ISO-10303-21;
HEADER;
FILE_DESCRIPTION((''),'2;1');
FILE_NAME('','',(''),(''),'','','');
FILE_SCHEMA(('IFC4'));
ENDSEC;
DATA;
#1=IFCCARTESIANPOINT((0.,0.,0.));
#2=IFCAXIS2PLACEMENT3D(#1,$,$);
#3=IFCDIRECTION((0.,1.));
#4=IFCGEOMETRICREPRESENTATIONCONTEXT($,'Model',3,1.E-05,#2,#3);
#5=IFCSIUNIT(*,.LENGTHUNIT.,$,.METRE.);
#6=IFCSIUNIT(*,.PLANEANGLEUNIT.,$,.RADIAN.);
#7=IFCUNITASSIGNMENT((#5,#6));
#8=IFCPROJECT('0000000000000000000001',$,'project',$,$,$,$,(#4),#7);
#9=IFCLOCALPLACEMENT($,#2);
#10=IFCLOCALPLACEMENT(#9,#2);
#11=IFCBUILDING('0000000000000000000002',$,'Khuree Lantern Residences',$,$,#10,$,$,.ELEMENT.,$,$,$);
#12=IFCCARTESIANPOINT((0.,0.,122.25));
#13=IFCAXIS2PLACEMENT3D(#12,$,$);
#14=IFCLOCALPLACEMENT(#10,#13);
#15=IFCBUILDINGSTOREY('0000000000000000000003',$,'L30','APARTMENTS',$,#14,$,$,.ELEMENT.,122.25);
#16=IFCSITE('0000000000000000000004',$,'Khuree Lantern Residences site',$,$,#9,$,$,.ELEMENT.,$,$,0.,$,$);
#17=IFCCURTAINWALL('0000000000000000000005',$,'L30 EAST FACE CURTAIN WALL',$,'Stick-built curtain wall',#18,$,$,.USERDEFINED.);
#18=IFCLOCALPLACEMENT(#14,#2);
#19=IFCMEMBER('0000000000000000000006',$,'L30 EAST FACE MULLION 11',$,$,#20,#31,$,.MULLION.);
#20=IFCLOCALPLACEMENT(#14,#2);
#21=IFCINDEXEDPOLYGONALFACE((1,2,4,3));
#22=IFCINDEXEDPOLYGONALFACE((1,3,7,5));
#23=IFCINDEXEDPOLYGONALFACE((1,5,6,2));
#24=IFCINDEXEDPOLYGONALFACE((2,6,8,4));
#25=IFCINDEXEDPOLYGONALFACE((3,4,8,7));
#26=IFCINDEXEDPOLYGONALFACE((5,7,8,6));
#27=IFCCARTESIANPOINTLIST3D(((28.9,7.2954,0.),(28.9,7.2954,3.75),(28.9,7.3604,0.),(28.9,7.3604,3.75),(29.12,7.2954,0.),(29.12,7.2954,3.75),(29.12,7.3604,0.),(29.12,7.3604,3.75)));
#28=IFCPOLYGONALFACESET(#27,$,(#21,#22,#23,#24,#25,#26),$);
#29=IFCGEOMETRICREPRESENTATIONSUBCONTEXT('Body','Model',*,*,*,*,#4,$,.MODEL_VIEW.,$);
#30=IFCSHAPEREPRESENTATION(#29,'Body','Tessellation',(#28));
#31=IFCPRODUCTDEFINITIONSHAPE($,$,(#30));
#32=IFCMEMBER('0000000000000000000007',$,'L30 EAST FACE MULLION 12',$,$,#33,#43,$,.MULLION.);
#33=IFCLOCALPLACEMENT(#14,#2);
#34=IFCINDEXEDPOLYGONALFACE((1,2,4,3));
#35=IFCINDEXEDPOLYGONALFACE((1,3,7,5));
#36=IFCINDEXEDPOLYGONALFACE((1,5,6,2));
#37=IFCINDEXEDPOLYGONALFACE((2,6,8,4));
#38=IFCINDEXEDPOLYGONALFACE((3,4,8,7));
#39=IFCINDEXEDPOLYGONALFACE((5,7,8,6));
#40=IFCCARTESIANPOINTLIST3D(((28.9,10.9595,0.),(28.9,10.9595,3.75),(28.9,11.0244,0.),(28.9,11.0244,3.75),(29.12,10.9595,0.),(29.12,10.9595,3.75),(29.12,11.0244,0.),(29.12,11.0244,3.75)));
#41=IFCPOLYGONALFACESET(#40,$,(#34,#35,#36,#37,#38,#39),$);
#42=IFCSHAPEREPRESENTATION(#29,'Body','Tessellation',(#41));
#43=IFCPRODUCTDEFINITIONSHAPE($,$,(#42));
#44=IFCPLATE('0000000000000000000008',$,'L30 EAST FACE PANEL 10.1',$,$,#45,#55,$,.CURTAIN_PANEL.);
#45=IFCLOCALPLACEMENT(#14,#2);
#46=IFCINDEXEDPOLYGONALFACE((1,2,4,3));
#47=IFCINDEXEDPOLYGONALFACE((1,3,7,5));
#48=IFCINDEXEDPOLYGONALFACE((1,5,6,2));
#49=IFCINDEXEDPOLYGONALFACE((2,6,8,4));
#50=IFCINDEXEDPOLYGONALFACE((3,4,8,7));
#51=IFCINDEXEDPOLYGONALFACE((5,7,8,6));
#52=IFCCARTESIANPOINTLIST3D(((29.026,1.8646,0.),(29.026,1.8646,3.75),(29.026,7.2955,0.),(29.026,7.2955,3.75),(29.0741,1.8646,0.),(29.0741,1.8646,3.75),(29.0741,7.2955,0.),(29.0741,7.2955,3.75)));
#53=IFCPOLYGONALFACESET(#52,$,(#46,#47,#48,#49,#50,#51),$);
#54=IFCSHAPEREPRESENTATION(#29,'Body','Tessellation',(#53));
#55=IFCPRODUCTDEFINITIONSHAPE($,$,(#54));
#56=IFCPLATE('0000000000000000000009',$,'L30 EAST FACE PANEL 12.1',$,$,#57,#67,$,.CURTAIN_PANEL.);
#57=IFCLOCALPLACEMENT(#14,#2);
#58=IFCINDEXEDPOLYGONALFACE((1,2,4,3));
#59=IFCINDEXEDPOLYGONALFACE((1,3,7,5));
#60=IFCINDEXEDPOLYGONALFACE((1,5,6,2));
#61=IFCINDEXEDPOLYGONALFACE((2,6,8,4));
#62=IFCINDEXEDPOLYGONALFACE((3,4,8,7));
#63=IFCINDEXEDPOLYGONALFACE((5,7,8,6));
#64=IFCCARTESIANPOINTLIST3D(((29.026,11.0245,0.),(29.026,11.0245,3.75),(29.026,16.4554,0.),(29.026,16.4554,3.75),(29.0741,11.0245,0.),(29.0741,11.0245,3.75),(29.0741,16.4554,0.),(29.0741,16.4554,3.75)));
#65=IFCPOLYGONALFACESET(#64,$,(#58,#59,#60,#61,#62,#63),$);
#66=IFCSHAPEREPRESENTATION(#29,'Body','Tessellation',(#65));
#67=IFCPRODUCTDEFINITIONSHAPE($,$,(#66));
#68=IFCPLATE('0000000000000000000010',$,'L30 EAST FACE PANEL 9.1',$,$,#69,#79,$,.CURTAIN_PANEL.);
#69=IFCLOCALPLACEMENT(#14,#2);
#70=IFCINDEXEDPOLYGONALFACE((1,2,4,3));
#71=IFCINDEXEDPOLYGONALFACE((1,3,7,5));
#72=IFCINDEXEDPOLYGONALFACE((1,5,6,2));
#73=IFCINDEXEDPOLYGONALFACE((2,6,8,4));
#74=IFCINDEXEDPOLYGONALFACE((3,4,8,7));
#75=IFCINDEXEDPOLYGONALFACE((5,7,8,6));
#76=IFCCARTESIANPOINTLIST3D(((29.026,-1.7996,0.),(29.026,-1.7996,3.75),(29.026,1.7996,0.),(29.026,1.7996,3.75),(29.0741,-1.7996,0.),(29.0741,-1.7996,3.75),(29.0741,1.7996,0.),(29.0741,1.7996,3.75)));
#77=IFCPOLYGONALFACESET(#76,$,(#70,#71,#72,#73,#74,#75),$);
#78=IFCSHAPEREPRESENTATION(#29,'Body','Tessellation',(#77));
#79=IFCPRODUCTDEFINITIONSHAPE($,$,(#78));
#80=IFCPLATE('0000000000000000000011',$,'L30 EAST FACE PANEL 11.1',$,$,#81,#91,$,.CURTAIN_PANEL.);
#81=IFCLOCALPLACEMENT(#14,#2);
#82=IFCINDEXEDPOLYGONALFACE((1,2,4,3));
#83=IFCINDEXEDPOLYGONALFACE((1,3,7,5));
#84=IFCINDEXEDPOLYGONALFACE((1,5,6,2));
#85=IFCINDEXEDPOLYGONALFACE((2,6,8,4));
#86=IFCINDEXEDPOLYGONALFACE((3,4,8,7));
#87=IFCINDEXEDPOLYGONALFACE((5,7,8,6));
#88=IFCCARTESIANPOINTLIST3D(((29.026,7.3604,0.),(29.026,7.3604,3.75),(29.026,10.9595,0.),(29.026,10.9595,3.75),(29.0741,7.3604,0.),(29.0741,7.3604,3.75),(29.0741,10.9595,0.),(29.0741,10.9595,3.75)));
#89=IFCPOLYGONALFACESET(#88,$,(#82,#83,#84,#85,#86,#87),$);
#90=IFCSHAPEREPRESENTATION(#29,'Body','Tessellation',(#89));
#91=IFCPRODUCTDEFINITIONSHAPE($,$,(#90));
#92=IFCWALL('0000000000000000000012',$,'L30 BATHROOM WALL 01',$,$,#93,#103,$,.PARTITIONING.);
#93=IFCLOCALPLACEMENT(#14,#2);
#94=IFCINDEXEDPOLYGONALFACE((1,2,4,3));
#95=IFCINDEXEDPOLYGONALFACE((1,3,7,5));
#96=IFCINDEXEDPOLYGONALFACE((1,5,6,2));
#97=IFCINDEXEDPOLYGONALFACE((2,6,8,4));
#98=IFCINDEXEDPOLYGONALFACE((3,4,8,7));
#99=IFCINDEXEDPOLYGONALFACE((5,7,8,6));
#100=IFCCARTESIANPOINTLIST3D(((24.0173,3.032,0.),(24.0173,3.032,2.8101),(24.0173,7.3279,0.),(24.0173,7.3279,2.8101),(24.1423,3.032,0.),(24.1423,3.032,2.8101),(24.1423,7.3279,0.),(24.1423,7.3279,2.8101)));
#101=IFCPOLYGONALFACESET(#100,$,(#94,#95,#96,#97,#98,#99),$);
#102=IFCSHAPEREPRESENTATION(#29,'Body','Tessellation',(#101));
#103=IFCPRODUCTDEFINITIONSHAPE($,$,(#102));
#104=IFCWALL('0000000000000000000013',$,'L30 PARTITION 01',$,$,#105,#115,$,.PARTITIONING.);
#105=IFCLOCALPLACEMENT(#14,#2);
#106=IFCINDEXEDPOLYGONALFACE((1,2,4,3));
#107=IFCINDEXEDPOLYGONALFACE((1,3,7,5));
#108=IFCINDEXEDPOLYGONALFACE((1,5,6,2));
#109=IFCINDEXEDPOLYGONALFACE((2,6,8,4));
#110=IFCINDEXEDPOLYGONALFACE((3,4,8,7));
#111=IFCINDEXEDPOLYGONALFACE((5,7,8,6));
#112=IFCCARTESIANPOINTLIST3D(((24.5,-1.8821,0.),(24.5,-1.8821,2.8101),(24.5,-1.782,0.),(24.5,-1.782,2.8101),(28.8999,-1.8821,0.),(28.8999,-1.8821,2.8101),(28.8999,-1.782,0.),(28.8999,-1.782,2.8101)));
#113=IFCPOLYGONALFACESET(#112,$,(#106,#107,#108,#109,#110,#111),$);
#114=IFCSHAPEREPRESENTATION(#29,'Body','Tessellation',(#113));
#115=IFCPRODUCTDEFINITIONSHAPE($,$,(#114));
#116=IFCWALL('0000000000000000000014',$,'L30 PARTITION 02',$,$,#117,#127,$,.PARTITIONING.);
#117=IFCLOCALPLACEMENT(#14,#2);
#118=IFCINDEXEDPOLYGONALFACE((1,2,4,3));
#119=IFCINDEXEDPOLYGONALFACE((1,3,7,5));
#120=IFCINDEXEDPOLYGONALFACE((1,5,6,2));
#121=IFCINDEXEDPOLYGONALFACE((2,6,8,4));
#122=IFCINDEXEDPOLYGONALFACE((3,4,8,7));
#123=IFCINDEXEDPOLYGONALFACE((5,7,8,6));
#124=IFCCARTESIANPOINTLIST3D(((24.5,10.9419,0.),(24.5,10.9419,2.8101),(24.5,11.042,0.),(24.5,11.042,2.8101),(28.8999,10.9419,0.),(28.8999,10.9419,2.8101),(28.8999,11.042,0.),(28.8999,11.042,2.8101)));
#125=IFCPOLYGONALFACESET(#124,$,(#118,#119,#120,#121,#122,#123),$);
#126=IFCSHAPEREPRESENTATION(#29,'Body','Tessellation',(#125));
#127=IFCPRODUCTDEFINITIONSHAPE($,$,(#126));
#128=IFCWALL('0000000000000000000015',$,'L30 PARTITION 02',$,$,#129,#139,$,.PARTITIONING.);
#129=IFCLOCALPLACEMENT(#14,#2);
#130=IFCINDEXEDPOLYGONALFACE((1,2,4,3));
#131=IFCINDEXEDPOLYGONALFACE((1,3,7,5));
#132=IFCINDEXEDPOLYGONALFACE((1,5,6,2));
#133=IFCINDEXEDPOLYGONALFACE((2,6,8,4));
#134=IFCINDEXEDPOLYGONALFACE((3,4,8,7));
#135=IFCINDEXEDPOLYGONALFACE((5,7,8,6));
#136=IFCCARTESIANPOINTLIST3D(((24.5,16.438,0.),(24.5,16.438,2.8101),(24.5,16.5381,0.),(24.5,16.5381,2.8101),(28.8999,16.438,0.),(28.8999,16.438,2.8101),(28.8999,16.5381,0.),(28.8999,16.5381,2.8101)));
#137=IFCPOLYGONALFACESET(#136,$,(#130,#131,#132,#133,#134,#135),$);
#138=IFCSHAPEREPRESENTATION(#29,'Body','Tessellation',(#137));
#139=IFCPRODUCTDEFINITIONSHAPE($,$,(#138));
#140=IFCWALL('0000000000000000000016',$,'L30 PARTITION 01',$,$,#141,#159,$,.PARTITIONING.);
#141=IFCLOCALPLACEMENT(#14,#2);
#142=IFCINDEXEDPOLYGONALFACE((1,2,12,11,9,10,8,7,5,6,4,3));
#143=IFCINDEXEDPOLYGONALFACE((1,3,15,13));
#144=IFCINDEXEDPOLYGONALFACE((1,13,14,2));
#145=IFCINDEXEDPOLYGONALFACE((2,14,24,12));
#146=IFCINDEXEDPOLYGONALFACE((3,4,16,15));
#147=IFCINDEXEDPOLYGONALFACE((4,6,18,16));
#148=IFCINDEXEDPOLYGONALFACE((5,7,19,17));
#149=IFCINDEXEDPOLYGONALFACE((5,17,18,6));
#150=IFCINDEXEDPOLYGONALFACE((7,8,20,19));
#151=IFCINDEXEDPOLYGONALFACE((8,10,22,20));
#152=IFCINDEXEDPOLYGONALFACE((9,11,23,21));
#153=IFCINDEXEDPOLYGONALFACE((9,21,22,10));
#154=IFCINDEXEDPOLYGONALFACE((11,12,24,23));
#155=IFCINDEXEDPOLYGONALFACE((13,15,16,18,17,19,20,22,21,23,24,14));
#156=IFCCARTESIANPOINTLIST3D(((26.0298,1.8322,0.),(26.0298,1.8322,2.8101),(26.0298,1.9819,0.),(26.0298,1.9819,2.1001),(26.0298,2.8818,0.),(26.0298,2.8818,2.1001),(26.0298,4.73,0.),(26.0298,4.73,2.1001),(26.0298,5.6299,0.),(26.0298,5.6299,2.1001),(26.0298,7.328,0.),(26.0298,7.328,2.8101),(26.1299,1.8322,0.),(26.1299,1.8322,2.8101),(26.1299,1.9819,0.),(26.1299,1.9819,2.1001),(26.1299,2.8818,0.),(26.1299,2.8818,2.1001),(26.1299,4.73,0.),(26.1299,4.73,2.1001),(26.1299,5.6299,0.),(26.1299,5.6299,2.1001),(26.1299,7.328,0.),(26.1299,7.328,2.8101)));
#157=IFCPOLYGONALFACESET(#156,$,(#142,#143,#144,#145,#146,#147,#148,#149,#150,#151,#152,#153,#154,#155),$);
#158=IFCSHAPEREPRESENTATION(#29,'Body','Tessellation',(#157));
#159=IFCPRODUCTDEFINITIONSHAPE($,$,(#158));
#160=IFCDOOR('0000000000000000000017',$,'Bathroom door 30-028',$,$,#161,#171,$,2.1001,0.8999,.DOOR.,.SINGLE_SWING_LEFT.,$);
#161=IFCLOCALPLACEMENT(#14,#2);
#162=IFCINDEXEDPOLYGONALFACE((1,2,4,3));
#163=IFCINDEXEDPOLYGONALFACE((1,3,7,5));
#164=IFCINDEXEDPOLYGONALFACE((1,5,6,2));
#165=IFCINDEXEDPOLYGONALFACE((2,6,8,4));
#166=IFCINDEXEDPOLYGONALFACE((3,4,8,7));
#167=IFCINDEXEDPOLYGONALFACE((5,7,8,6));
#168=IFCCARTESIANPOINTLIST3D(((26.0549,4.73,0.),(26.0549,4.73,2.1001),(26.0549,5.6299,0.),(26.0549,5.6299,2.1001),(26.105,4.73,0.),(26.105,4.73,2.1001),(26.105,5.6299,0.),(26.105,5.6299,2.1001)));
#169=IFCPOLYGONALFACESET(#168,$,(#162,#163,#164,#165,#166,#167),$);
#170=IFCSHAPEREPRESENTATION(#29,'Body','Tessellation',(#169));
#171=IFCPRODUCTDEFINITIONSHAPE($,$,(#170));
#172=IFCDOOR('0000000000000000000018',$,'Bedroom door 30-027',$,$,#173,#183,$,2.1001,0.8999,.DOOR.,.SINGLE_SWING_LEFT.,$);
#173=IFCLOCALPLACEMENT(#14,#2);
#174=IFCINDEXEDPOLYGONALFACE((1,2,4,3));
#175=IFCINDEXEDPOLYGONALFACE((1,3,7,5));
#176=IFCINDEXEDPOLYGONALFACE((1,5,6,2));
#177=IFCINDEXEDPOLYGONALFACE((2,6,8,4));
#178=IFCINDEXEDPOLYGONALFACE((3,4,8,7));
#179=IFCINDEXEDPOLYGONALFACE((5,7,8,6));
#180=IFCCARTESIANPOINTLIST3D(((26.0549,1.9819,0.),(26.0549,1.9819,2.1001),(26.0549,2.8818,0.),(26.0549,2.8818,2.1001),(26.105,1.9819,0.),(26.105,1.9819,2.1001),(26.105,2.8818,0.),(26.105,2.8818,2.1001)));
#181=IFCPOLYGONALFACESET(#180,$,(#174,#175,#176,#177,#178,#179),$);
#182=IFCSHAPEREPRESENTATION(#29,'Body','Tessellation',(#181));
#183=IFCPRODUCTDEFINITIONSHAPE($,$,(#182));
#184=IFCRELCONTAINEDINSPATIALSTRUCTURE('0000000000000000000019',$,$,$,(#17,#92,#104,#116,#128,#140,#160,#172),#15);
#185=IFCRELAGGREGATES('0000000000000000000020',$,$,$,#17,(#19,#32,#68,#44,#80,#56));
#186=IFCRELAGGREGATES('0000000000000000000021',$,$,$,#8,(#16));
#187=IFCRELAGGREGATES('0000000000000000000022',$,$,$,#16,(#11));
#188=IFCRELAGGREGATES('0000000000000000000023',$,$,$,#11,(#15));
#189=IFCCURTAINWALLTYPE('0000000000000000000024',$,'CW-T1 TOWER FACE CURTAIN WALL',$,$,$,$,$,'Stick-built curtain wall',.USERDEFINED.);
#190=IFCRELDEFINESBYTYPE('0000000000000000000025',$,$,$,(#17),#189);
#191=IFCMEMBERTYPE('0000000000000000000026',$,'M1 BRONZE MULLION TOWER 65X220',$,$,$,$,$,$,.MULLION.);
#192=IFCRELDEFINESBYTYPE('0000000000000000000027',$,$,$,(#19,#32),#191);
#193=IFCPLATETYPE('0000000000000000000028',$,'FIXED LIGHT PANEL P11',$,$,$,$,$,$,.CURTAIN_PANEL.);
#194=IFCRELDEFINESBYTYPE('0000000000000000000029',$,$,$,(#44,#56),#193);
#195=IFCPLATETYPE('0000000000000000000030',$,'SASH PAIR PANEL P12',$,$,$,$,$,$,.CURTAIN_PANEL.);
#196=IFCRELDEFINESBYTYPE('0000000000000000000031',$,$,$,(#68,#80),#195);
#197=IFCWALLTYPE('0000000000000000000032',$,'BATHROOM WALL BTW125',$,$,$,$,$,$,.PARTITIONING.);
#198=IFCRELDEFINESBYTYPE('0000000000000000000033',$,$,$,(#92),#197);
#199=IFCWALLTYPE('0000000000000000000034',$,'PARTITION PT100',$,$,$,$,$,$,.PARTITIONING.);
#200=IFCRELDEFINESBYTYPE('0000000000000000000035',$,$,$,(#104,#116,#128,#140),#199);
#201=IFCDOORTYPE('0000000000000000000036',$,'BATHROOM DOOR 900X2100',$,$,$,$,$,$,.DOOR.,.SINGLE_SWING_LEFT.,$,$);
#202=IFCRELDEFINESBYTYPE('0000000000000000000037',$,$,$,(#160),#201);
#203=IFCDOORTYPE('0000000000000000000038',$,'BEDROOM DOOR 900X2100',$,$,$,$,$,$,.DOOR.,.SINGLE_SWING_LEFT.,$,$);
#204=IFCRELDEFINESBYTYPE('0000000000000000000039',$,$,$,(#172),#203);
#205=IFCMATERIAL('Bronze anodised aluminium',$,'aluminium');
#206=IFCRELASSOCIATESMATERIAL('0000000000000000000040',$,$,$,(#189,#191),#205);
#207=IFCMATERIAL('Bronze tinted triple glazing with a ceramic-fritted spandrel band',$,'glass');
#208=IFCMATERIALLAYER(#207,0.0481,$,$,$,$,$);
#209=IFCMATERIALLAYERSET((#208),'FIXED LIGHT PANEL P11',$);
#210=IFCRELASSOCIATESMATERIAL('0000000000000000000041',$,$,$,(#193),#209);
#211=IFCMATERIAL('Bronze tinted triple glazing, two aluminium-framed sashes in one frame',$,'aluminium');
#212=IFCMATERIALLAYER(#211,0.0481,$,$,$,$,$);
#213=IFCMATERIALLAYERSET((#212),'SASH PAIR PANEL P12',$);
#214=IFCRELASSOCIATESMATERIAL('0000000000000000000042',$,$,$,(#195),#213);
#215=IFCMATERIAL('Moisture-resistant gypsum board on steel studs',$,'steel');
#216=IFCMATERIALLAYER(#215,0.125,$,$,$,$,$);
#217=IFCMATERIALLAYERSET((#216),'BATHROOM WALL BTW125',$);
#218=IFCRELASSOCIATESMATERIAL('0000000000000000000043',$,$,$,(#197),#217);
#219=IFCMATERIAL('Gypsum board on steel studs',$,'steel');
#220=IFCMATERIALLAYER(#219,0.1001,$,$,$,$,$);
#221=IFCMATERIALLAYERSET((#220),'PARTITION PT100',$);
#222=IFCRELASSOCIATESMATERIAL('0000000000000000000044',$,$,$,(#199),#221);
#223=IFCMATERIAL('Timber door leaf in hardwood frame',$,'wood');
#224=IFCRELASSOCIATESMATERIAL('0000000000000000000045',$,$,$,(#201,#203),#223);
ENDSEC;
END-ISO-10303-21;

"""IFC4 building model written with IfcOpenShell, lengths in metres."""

from ifc_helpers import new_model, si_unit, direction, frame, frame_2d, origin, origin_2d, place, context, subcontext, project, spatial, rectangle, extrude, material, layer, layer_set, material_profile, profile_set, type_object, element, fill, aggregate, save


model = new_model("IFC4")

# Units and contexts
model_context = context("Model", 3, precision=1e-05, world=origin(), true_north=direction((0.0, 1.0)))
body_context = subcontext(model_context, "Body", "Model", "MODEL_VIEW")
ifc_project = project(units=[si_unit("LENGTHUNIT", "METRE"), si_unit("PLANEANGLEUNIT", "RADIAN")], contexts=[model_context])

# Site, building, storey
site_placement = place(None, origin())
site = spatial("IfcSite", under=ifc_project, at=site_placement, Name="Khuree Lantern Residences site", CompositionType="ELEMENT", RefElevation=0.0)
building_placement = place(site_placement, origin())
building = spatial("IfcBuilding", under=site, at=building_placement, Name="Khuree Lantern Residences", CompositionType="ELEMENT")
storey_placement = place(building_placement, frame((0.0, 0.0, 122.25)))
storey = spatial("IfcBuildingStorey", under=building, at=storey_placement, Name="L30", Description="APARTMENTS", CompositionType="ELEMENT", Elevation=122.25)

# Curtain wall
ifc_material_1 = material(Name="Bronze anodised aluminium", Category="aluminium")
curtain_wall_type = type_object("IfcCurtainWallType", Name="CW-T1 TOWER FACE CURTAIN WALL", ElementType="Stick-built curtain wall", PredefinedType="USERDEFINED", material=ifc_material_1)
curtain_wall_placement = place(storey_placement, origin())
curtain_wall = element("IfcCurtainWall", 1, at=curtain_wall_placement, inside=storey, type_object=curtain_wall_type, Name="L30 EAST FACE CURTAIN WALL", ObjectType="Stick-built curtain wall", PredefinedType="USERDEFINED")

# Members
ifc_material_profile_1 = material_profile(ifc_material_1, rectangle(XDim=0.0649, YDim=0.22, at=origin_2d()), Name="M1 65X220")
ifc_profile_set_1 = profile_set([ifc_material_profile_1], Name="Bronze anodised aluminium")
member_type_1 = type_object("IfcMemberType", Name="M1 BRONZE MULLION TOWER 65X220", PredefinedType="MULLION", material=ifc_profile_set_1)
member_1_placement = place(storey_placement, frame((29.01, 7.3279, 0.0), z_axis=(0.0, 0.0, 1.0), x_axis=(0.0, 1.0, 0.0)))
member_1 = element("IfcMember", 2, at=member_1_placement, type_object=member_type_1, Name="L30 EAST FACE MULLION 11", PredefinedType="MULLION", context=body_context, shape_type="SweptSolid", body=[
    extrude(rectangle(XDim=0.0649, YDim=0.22, at=origin_2d()), origin(), (0.0, 0.0, 1.0), 3.75),
])
member_2_placement = place(storey_placement, frame((29.01, 10.9919, 0.0), z_axis=(0.0, 0.0, 1.0), x_axis=(0.0, 1.0, 0.0)))
member_2 = element("IfcMember", 3, at=member_2_placement, type_object=member_type_1, Name="L30 EAST FACE MULLION 12", PredefinedType="MULLION", context=body_context, shape_type="SweptSolid", body=[
    extrude(rectangle(XDim=0.0649, YDim=0.22, at=origin_2d()), origin(), (0.0, 0.0, 1.0), 3.75),
])

# Plates
ifc_material_2 = material(Name="Bronze tinted triple glazing with a ceramic-fritted spandrel band", Category="glass")
ifc_layer_1 = layer(ifc_material_2, 0.0481)
ifc_layer_set_1 = layer_set([ifc_layer_1], Name="FIXED LIGHT PANEL P11")
plate_type_1 = type_object("IfcPlateType", Name="FIXED LIGHT PANEL P11", PredefinedType="CURTAIN_PANEL", material=ifc_layer_set_1)
plate_1_placement = place(storey_placement, frame((29.05, 4.5801, 0.0), z_axis=(0.0, 0.0, 1.0), x_axis=(0.0, 1.0, 0.0)))
plate_1 = element("IfcPlate", 4, at=plate_1_placement, type_object=plate_type_1, Name="L30 EAST FACE PANEL 10.1", PredefinedType="CURTAIN_PANEL", context=body_context, shape_type="SweptSolid", body=[
    extrude(rectangle(XDim=5.4309, YDim=0.0481, at=origin_2d()), origin(), (0.0, 0.0, 1.0), 3.75),
])
plate_2_placement = place(storey_placement, frame((29.05, 13.74, 0.0), z_axis=(0.0, 0.0, 1.0), x_axis=(0.0, 1.0, 0.0)))
plate_2 = element("IfcPlate", 5, at=plate_2_placement, type_object=plate_type_1, Name="L30 EAST FACE PANEL 12.1", PredefinedType="CURTAIN_PANEL", context=body_context, shape_type="SweptSolid", body=[
    extrude(rectangle(XDim=5.4309, YDim=0.0481, at=origin_2d()), origin(), (0.0, 0.0, 1.0), 3.75),
])
ifc_material_3 = material(Name="Bronze tinted triple glazing, two aluminium-framed sashes in one frame", Category="aluminium")
ifc_layer_2 = layer(ifc_material_3, 0.0481)
ifc_layer_set_2 = layer_set([ifc_layer_2], Name="SASH PAIR PANEL P12")
plate_type_2 = type_object("IfcPlateType", Name="SASH PAIR PANEL P12", PredefinedType="CURTAIN_PANEL", material=ifc_layer_set_2)
plate_3_placement = place(storey_placement, frame((29.05, 0.0, 0.0), z_axis=(0.0, 0.0, 1.0), x_axis=(0.0, 1.0, 0.0)))
plate_3 = element("IfcPlate", 6, at=plate_3_placement, type_object=plate_type_2, Name="L30 EAST FACE PANEL 9.1", PredefinedType="CURTAIN_PANEL", context=body_context, shape_type="SweptSolid", body=[
    extrude(rectangle(XDim=3.5991, YDim=0.0481, at=origin_2d()), origin(), (0.0, 0.0, 1.0), 3.75),
])
plate_4_placement = place(storey_placement, frame((29.05, 9.1599, 0.0), z_axis=(0.0, 0.0, 1.0), x_axis=(0.0, 1.0, 0.0)))
plate_4 = element("IfcPlate", 7, at=plate_4_placement, type_object=plate_type_2, Name="L30 EAST FACE PANEL 11.1", PredefinedType="CURTAIN_PANEL", context=body_context, shape_type="SweptSolid", body=[
    extrude(rectangle(XDim=3.5991, YDim=0.0481, at=origin_2d()), origin(), (0.0, 0.0, 1.0), 3.75),
])
aggregate(curtain_wall, [member_1, member_2, plate_3, plate_1, plate_4, plate_2])

# Walls
ifc_material_4 = material(Name="Moisture-resistant gypsum board on steel studs", Category="steel")
ifc_layer_3 = layer(ifc_material_4, 0.125)
ifc_layer_set_3 = layer_set([ifc_layer_3], Name="BATHROOM WALL BTW125")
wall_type_1 = type_object("IfcWallType", Name="BATHROOM WALL BTW125", PredefinedType="PARTITIONING", material=ifc_layer_set_3)
wall_1_placement = place(storey_placement, frame((24.0798, 3.032, 0.0), z_axis=(0.0, 0.0, 1.0), x_axis=(0.0, 1.0, 0.0)))
element("IfcWall", 8, at=wall_1_placement, inside=storey, type_object=wall_type_1, Name="L30 BATHROOM WALL 01", PredefinedType="PARTITIONING", context=body_context, shape_type="SweptSolid", body=[
    extrude(rectangle(XDim=4.2959, YDim=0.125, at=frame_2d((2.1479, 0.0))), origin(), (0.0, 0.0, 1.0), 2.8101),
])
ifc_material_5 = material(Name="Gypsum board on steel studs", Category="steel")
ifc_layer_4 = layer(ifc_material_5, 0.1001)
ifc_layer_set_4 = layer_set([ifc_layer_4], Name="PARTITION PT100")
wall_type_2 = type_object("IfcWallType", Name="PARTITION PT100", PredefinedType="PARTITIONING", material=ifc_layer_set_4)
for number, where, z_axis, x_axis, name in (
    (9, (24.5, -1.832, 0.0), (0.0, 0.0, 1.0), (1.0, 0.0, 0.0), "L30 PARTITION 01"),
    (10, (24.5, 10.9919, 0.0), (0.0, 0.0, 1.0), (1.0, 0.0, 0.0), "L30 PARTITION 02"),
    (11, (24.5, 16.488, 0.0), (0.0, 0.0, 1.0), (1.0, 0.0, 0.0), "L30 PARTITION 02"),
):
    element("IfcWall", number, at=place(storey_placement, frame(where, z_axis=z_axis, x_axis=x_axis)), inside=storey, type_object=wall_type_2, Name=name, PredefinedType="PARTITIONING", context=body_context, shape_type="SweptSolid", body=[
        extrude(rectangle(XDim=4.3999, YDim=0.1001, at=frame_2d((2.2, 0.0))), origin(), (0.0, 0.0, 1.0), 2.8101),
    ])

# Wall, openings, doors
wall_2_placement = place(storey_placement, frame((26.0798, 1.832, 0.0), z_axis=(0.0, 0.0, 1.0), x_axis=(0.0, 1.0, 0.0)))
wall_2 = element("IfcWall", 12, at=wall_2_placement, inside=storey, type_object=wall_type_2, Name="L30 PARTITION 01", PredefinedType="PARTITIONING", context=body_context, shape_type="SweptSolid", body=[
    extrude(rectangle(XDim=5.4958, YDim=0.1001, at=frame_2d((2.748, 0.0))), origin(), (0.0, 0.0, 1.0), 2.8101),
])
opening_1_placement = place(wall_2_placement, frame((0.1499, 0.0, 0.0)))
opening_1 = element("IfcOpeningElement", 13, at=opening_1_placement, cuts=wall_2, PredefinedType="OPENING", context=body_context, shape_type="SweptSolid", body=[
    extrude(rectangle(XDim=0.8999, YDim=2.1001, at=frame_2d((0.45, 1.05))), frame((0.0, 0.0601, 0.0), z_axis=(0.0, -1.0, 0.0), x_axis=(1.0, 0.0, 0.0)), (0.0, 0.0, 1.0), 0.1201),
])
opening_2_placement = place(wall_2_placement, frame((2.8979, 0.0, 0.0)))
opening_2 = element("IfcOpeningElement", 14, at=opening_2_placement, cuts=wall_2, PredefinedType="OPENING", context=body_context, shape_type="SweptSolid", body=[
    extrude(rectangle(XDim=0.8999, YDim=2.1001, at=frame_2d((0.45, 1.05))), frame((0.0, 0.0601, 0.0), z_axis=(0.0, -1.0, 0.0), x_axis=(1.0, 0.0, 0.0)), (0.0, 0.0, 1.0), 0.1201),
])
ifc_material_6 = material(Name="Timber door leaf in hardwood frame", Category="wood")
door_type_1 = type_object("IfcDoorType", Name="BATHROOM DOOR 900X2100", OperationType="SINGLE_SWING_LEFT", PredefinedType="DOOR", material=ifc_material_6)
door_1_placement = place(opening_2_placement, origin())
door_1 = element("IfcDoor", 15, at=door_1_placement, inside=storey, type_object=door_type_1, Name="Bathroom door 30-028", OperationType="SINGLE_SWING_LEFT", OverallHeight=2.1001, OverallWidth=0.8999, PredefinedType="DOOR", context=body_context, shape_type="SweptSolid", body=[
    extrude(rectangle(XDim=0.8999, YDim=2.1001, at=frame_2d((0.45, 1.05))), frame((0.0, 0.0249, 0.0), z_axis=(0.0, -1.0, 0.0), x_axis=(1.0, 0.0, 0.0)), (0.0, 0.0, 1.0), 0.05),
])
fill(opening_2, door_1)
door_type_2 = type_object("IfcDoorType", Name="BEDROOM DOOR 900X2100", OperationType="SINGLE_SWING_LEFT", PredefinedType="DOOR", material=ifc_material_6)
door_2_placement = place(opening_1_placement, origin())
door_2 = element("IfcDoor", 16, at=door_2_placement, inside=storey, type_object=door_type_2, Name="Bedroom door 30-027", OperationType="SINGLE_SWING_LEFT", OverallHeight=2.1001, OverallWidth=0.8999, PredefinedType="DOOR", context=body_context, shape_type="SweptSolid", body=[
    extrude(rectangle(XDim=0.8999, YDim=2.1001, at=frame_2d((0.45, 1.05))), frame((0.0, 0.0249, 0.0), z_axis=(0.0, -1.0, 0.0), x_axis=(1.0, 0.0, 0.0)), (0.0, 0.0, 1.0), 0.05),
])
fill(opening_1, door_2)

save(model, "model.ifc")
